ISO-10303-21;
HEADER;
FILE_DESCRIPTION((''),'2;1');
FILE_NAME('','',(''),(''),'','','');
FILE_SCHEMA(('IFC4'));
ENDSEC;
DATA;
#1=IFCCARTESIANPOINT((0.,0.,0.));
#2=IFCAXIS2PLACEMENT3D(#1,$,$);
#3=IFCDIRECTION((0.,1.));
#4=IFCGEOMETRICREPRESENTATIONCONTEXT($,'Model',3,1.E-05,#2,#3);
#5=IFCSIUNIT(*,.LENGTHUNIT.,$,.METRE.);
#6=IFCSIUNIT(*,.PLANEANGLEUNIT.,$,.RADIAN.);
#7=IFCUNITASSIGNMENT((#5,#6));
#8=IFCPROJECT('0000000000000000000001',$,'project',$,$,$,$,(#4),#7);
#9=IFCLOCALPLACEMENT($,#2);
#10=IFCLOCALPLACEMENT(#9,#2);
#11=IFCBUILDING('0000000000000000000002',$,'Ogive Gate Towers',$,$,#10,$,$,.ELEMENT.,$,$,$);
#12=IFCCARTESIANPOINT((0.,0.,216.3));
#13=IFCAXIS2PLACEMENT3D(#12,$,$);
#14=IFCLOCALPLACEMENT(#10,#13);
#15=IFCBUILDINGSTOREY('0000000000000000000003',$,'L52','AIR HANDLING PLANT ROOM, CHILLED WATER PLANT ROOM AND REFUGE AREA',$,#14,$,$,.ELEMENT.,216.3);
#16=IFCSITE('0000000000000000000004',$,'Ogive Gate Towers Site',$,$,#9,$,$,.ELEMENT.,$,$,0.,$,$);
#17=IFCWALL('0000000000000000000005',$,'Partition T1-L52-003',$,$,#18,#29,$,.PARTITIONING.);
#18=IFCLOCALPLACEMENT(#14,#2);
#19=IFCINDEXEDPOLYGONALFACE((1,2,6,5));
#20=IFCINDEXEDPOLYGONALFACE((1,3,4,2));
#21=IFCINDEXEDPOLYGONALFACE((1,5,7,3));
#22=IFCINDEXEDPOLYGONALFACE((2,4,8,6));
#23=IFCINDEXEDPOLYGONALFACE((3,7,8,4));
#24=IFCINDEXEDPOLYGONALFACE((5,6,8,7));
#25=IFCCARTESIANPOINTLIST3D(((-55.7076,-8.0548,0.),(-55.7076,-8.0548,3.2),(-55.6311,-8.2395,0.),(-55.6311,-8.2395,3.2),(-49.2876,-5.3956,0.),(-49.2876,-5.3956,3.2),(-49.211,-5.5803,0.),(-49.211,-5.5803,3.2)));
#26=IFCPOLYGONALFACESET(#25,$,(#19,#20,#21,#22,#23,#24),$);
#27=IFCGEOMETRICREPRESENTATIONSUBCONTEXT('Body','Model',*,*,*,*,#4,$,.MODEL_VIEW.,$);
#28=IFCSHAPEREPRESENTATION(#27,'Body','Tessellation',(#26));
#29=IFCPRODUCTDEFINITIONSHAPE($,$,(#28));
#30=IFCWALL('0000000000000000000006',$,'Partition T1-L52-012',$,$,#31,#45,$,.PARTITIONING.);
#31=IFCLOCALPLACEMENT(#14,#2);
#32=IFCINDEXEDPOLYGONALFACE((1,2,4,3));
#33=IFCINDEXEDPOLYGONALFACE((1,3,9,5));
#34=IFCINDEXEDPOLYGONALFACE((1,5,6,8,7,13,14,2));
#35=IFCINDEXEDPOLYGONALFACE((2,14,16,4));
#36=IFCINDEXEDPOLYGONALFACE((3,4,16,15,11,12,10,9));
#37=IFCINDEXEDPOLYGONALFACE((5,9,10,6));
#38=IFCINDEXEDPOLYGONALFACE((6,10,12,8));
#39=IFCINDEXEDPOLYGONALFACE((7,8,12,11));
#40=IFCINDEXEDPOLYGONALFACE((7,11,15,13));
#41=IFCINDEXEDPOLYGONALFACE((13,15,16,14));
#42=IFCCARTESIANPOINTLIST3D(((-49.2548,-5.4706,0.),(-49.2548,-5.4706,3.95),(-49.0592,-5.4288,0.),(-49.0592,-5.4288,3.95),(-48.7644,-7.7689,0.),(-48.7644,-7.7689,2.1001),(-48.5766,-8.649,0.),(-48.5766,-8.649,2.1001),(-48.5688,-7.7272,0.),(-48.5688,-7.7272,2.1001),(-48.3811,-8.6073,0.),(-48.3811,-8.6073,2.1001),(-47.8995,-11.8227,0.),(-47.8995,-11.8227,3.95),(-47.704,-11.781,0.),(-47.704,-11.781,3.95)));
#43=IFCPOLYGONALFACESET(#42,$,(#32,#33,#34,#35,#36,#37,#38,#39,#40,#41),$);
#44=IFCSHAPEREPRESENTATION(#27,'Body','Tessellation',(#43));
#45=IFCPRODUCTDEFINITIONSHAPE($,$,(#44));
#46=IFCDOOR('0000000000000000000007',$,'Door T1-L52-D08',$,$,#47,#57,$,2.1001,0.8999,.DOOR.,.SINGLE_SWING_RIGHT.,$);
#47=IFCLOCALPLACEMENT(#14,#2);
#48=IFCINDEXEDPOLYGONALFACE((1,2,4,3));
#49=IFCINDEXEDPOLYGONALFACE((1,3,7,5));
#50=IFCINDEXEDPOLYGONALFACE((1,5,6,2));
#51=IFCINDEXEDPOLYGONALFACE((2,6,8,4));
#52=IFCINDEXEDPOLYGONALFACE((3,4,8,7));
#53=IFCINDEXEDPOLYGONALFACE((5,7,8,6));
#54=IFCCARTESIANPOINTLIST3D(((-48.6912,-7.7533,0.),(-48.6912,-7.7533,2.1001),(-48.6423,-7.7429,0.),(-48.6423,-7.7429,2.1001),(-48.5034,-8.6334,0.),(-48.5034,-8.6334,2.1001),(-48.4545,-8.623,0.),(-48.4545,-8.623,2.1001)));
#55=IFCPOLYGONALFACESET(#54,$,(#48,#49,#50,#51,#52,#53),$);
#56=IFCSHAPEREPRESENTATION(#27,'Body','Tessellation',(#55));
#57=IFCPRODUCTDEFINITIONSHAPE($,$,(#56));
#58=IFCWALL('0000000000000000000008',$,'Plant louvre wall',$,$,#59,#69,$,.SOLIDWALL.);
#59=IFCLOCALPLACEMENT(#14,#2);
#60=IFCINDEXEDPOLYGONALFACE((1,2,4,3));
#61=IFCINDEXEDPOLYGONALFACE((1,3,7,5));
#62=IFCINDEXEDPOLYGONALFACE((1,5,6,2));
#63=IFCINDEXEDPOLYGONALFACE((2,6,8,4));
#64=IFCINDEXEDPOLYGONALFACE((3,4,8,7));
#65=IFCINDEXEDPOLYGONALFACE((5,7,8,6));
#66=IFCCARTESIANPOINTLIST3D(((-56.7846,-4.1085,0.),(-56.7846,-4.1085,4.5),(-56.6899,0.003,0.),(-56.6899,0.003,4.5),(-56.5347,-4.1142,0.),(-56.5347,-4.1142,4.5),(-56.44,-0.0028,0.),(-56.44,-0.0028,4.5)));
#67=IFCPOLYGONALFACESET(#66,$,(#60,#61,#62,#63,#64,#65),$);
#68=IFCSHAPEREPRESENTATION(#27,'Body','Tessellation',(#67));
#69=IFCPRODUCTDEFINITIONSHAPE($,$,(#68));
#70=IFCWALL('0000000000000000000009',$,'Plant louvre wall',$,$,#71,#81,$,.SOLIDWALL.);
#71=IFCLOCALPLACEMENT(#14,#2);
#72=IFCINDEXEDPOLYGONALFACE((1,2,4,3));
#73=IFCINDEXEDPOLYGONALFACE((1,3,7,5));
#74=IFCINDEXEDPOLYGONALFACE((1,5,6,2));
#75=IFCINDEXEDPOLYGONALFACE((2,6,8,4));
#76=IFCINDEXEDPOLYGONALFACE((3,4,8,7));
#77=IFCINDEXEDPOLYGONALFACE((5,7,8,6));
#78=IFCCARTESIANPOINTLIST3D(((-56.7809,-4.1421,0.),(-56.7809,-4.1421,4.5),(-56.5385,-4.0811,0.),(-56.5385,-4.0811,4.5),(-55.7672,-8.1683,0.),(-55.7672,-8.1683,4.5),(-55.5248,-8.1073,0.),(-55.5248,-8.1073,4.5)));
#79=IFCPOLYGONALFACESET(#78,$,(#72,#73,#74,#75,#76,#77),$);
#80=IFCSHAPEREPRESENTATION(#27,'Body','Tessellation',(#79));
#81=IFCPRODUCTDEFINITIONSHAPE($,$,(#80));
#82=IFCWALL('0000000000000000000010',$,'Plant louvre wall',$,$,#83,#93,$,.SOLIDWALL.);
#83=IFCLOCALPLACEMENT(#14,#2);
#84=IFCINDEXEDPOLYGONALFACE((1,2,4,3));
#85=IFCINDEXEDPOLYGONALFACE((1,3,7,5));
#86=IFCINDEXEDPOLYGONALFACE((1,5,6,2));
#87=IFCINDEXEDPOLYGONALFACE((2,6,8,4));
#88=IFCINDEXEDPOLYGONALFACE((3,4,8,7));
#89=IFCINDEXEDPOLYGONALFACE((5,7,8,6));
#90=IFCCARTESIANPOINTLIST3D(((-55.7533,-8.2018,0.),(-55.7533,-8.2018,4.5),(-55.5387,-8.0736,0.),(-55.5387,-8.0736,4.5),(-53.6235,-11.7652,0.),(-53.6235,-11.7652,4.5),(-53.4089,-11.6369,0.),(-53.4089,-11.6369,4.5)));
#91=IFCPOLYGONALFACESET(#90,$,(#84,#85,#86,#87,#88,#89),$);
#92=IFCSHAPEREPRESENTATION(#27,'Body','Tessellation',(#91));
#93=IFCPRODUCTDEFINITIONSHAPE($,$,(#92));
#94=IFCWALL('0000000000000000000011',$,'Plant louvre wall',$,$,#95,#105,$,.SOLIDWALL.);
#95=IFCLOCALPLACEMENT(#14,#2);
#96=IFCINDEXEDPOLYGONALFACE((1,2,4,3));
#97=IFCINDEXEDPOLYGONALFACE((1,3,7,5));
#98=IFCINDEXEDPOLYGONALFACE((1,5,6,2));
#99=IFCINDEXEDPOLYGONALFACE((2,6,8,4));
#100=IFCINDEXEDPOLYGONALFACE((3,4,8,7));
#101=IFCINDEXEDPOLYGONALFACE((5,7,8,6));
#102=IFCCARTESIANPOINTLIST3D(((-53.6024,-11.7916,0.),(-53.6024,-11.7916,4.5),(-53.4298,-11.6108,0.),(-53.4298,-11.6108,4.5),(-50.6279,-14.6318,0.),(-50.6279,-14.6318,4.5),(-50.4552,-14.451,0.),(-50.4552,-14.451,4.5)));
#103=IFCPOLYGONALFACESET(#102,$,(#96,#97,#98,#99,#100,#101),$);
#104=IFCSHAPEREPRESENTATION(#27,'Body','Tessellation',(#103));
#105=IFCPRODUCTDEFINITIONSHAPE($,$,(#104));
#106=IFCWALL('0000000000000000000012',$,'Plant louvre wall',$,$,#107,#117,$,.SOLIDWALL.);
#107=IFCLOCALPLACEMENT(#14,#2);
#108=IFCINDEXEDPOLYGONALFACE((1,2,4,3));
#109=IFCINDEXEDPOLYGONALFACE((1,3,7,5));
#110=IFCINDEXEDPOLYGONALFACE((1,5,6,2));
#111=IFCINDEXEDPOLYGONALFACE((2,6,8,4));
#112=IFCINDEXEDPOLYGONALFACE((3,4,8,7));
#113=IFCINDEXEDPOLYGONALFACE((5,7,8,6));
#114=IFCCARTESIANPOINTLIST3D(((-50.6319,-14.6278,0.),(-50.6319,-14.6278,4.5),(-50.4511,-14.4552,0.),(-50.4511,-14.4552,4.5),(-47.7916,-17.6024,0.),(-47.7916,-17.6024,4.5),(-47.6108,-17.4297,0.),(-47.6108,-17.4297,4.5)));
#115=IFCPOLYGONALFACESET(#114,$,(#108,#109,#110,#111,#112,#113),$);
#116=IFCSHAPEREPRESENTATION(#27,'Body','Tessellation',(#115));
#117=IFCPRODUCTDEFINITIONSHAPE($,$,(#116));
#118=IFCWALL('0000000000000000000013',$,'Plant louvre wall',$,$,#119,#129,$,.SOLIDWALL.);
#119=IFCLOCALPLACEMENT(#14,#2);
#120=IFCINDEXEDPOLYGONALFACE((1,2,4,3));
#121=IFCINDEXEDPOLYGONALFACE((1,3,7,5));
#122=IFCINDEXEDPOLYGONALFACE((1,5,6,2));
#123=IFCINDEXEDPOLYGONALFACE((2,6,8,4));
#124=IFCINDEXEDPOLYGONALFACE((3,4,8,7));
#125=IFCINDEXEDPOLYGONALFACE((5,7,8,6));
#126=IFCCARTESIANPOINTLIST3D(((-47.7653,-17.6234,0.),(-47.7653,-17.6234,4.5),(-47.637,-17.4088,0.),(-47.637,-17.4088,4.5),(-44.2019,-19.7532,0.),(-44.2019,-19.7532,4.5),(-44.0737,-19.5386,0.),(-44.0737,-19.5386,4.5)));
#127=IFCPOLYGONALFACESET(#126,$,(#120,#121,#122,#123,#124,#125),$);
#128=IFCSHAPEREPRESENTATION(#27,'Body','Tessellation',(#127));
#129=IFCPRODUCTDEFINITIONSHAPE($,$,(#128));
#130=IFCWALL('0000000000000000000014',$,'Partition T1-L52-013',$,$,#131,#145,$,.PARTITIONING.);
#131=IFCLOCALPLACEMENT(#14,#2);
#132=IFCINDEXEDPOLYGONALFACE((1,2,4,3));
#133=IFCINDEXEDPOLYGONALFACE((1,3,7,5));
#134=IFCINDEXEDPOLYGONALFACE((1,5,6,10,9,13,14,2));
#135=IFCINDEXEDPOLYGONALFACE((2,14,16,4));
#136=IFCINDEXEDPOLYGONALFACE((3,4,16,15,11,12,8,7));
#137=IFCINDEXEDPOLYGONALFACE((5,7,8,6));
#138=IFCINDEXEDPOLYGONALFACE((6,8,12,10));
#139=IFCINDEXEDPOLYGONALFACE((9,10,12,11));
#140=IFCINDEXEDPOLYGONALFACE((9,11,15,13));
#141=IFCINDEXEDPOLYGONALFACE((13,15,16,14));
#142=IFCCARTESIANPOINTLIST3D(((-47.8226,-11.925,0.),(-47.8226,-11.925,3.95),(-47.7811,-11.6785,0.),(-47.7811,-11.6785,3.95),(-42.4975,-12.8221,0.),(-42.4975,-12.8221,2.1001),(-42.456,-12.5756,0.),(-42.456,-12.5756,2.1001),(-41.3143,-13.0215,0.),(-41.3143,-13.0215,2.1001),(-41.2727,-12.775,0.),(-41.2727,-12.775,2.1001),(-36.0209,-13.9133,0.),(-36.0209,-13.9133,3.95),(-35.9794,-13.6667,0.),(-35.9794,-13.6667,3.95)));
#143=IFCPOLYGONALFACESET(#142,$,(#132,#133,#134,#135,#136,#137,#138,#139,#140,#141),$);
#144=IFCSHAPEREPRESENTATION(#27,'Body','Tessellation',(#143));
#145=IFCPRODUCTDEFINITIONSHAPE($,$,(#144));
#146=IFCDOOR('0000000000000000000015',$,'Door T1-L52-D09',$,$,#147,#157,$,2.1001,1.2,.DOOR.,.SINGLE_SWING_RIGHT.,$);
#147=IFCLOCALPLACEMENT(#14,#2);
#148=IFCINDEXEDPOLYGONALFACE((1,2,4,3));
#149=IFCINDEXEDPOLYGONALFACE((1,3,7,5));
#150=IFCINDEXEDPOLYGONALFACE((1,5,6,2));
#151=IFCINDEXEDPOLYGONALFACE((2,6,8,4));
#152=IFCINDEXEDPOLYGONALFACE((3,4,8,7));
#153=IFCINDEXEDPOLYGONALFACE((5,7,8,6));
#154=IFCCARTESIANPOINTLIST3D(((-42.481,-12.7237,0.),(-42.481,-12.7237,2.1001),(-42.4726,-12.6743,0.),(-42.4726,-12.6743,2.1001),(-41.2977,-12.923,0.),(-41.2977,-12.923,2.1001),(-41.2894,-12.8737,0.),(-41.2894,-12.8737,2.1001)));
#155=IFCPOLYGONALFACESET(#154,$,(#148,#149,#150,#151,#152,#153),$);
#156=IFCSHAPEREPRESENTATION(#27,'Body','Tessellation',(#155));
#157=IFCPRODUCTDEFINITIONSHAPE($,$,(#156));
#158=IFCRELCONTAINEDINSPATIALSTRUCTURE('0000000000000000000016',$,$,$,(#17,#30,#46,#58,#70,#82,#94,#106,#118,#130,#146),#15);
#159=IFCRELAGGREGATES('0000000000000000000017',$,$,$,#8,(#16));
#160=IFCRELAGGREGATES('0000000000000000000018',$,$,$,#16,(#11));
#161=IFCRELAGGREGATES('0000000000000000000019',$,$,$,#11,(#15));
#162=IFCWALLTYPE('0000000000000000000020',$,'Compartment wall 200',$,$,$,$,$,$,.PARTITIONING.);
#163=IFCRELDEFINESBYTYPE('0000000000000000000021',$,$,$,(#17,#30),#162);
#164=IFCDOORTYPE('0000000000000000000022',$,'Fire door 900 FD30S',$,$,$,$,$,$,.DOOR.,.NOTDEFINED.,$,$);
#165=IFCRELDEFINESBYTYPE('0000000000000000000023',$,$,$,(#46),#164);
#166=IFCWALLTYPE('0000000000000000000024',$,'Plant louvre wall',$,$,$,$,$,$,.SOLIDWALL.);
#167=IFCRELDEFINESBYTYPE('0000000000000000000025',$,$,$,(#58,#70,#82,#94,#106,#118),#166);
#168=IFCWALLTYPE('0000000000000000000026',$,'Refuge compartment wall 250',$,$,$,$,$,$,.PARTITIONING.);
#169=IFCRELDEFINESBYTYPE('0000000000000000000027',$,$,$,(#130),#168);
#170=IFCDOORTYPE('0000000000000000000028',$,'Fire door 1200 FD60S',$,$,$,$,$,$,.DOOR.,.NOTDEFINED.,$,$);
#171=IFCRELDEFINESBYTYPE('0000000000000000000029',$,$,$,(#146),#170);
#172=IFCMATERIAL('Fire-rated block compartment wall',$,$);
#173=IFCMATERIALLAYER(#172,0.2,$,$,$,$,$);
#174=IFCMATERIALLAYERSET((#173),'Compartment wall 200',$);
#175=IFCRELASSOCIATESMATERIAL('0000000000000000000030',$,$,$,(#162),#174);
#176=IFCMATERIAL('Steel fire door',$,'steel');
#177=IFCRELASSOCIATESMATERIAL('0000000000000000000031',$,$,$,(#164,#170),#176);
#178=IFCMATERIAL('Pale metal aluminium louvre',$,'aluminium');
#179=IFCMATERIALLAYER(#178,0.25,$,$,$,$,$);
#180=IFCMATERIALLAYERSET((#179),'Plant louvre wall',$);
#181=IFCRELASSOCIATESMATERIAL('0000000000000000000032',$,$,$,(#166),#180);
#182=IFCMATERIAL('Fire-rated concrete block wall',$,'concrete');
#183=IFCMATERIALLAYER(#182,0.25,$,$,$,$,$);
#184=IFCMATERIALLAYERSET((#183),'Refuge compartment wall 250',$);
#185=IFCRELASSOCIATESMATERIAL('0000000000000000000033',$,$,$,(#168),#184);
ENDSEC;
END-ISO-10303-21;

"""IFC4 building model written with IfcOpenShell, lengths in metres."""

from ifc_helpers import new_model, si_unit, direction, frame, frame_2d, origin, place, context, subcontext, project, spatial, rectangle, extrude, material, layer, layer_set, type_object, element, fill, save


model = new_model("IFC4")

# Units and contexts
model_context = context("Model", 3, precision=1e-05, world=origin(), true_north=direction((0.0, 1.0)))
body_context = subcontext(model_context, "Body", "Model", "MODEL_VIEW")
ifc_project = project(units=[si_unit("LENGTHUNIT", "METRE"), si_unit("PLANEANGLEUNIT", "RADIAN")], contexts=[model_context])

# Site, building, storey
site_placement = place(None, origin())
site = spatial("IfcSite", under=ifc_project, at=site_placement, Name="Ogive Gate Towers Site", CompositionType="ELEMENT", RefElevation=0.0)
building_placement = place(site_placement, origin())
building = spatial("IfcBuilding", under=site, at=building_placement, Name="Ogive Gate Towers", CompositionType="ELEMENT")
storey_placement = place(building_placement, frame((0.0, 0.0, 216.3)))
storey = spatial("IfcBuildingStorey", under=building, at=storey_placement, Name="L52", Description="AIR HANDLING PLANT ROOM, CHILLED WATER PLANT ROOM AND REFUGE AREA", CompositionType="ELEMENT", Elevation=216.3)

# Wall
ifc_material_1 = material(Name="Fire-rated block compartment wall")
ifc_layer_1 = layer(ifc_material_1, 0.2)
ifc_layer_set_1 = layer_set([ifc_layer_1], Name="Compartment wall 200")
wall_type_1 = type_object("IfcWallType", Name="Compartment wall 200", PredefinedType="PARTITIONING", material=ifc_layer_set_1)
wall_1_placement = place(storey_placement, frame((-55.6694, -8.1472, 0.0), z_axis=(0.0, 0.0, 1.0), x_axis=(0.923882, 0.382679, 0.0)))
element("IfcWall", 1, at=wall_1_placement, inside=storey, type_object=wall_type_1, Name="Partition T1-L52-003", PredefinedType="PARTITIONING", context=body_context, shape_type="SweptSolid", body=[
    extrude(rectangle(XDim=6.949, YDim=0.2, at=frame_2d((3.4746, 0.0))), origin(), (0.0, 0.0, 1.0), 3.2),
])

# Wall, opening, door
wall_2_placement = place(storey_placement, frame((-49.157, -5.4497, 0.0), z_axis=(0.0, 0.0, 1.0), x_axis=(0.208656, -0.977989, 0.0)))
wall_2 = element("IfcWall", 2, at=wall_2_placement, inside=storey, type_object=wall_type_1, Name="Partition T1-L52-012", PredefinedType="PARTITIONING", context=body_context, shape_type="SweptSolid", body=[
    extrude(rectangle(XDim=6.4951, YDim=0.2, at=frame_2d((3.2476, 0.0))), origin(), (0.0, 0.0, 1.0), 3.95),
])
opening_1_placement = place(wall_2_placement, frame((2.3501, 0.0, 0.0)))
opening_1 = element("IfcOpeningElement", 3, at=opening_1_placement, cuts=wall_2, PredefinedType="OPENING", context=body_context, shape_type="SweptSolid", body=[
    extrude(rectangle(XDim=0.8999, YDim=2.1001, at=frame_2d((0.45, 1.05))), frame((0.0, 0.1099, 0.0), z_axis=(0.0, -1.0, 0.0), x_axis=(1.0, 0.0, 0.0)), (0.0, 0.0, 1.0), 0.22),
])
ifc_material_2 = material(Name="Steel fire door", Category="steel")
door_type_1 = type_object("IfcDoorType", Name="Fire door 900 FD30S", OperationType="NOTDEFINED", PredefinedType="DOOR", material=ifc_material_2)
door_1_placement = place(opening_1_placement, origin())
door_1 = element("IfcDoor", 4, at=door_1_placement, inside=storey, type_object=door_type_1, Name="Door T1-L52-D08", OperationType="SINGLE_SWING_RIGHT", OverallHeight=2.1001, OverallWidth=0.8999, PredefinedType="DOOR", context=body_context, shape_type="SweptSolid", body=[
    extrude(rectangle(XDim=0.8999, YDim=2.1001, at=frame_2d((0.45, 1.05))), frame((0.0, 0.0249, 0.0), z_axis=(0.0, -1.0, 0.0), x_axis=(1.0, 0.0, 0.0)), (0.0, 0.0, 1.0), 0.05),
])
fill(opening_1, door_1)

# Walls
ifc_material_3 = material(Name="Pale metal aluminium louvre", Category="aluminium")
ifc_layer_2 = layer(ifc_material_3, 0.25)
ifc_layer_set_2 = layer_set([ifc_layer_2], Name="Plant louvre wall")
wall_type_2 = type_object("IfcWallType", Name="Plant louvre wall", PredefinedType="SOLIDWALL", material=ifc_layer_set_2)
wall_3_placement = place(storey_placement, frame((-56.5649, 0.0, 0.0), z_axis=(0.0, 0.0, 1.0), x_axis=(-0.023033, -0.999735, 0.0)))
element("IfcWall", 5, at=wall_3_placement, inside=storey, type_object=wall_type_2, Name="Plant louvre wall", PredefinedType="SOLIDWALL", context=body_context, shape_type="SweptSolid", body=[
    extrude(rectangle(XDim=4.1125, YDim=0.25, at=frame_2d((2.0562, 0.0))), origin(), (0.0, 0.0, 1.0), 4.5),
])
wall_4_placement = place(storey_placement, frame((-56.6597, -4.1116, 0.0), z_axis=(0.0, 0.0, 1.0), x_axis=(0.244154, -0.969736, 0.0)))
element("IfcWall", 6, at=wall_4_placement, inside=storey, type_object=wall_type_2, Name="Plant louvre wall", PredefinedType="SOLIDWALL", context=body_context, shape_type="SweptSolid", body=[
    extrude(rectangle(XDim=4.1519, YDim=0.25, at=frame_2d((2.0759, 0.0))), origin(), (0.0, 0.0, 1.0), 4.5),
])
wall_5_placement = place(storey_placement, frame((-55.646, -8.1377, 0.0), z_axis=(0.0, 0.0, 1.0), x_axis=(0.513042, -0.858363, 0.0)))
element("IfcWall", 7, at=wall_5_placement, inside=storey, type_object=wall_type_2, Name="Plant louvre wall", PredefinedType="SOLIDWALL", context=body_context, shape_type="SweptSolid", body=[
    extrude(rectangle(XDim=4.1514, YDim=0.25, at=frame_2d((2.0757, 0.0))), origin(), (0.0, 0.0, 1.0), 4.5),
])
for number, where, z_axis, x_axis, name in (
    (8, (-53.5161, -11.7012, 0.0), (0.0, 0.0, 1.0), (0.723242, -0.690594, 0.0), "Plant louvre wall"),
    (9, (-50.5415, -14.5415, 0.0), (0.0, 0.0, 1.0), (0.690594, -0.723242, 0.0), "Plant louvre wall"),
):
    element("IfcWall", number, at=place(storey_placement, frame(where, z_axis=z_axis, x_axis=x_axis)), inside=storey, type_object=wall_type_2, Name=name, PredefinedType="SOLIDWALL", context=body_context, shape_type="SweptSolid", body=[
        extrude(rectangle(XDim=4.1128, YDim=0.25, at=frame_2d((2.0564, 0.0))), origin(), (0.0, 0.0, 1.0), 4.5),
    ])
wall_6_placement = place(storey_placement, frame((-47.7012, -17.5161, 0.0), z_axis=(0.0, 0.0, 1.0), x_axis=(0.858363, -0.513042, 0.0)))
element("IfcWall", 10, at=wall_6_placement, inside=storey, type_object=wall_type_2, Name="Plant louvre wall", PredefinedType="SOLIDWALL", context=body_context, shape_type="SweptSolid", body=[
    extrude(rectangle(XDim=4.1514, YDim=0.25, at=frame_2d((2.0757, 0.0))), origin(), (0.0, 0.0, 1.0), 4.5),
])

# Wall, opening, door
ifc_material_4 = material(Name="Fire-rated concrete block wall", Category="concrete")
ifc_layer_3 = layer(ifc_material_4, 0.25)
ifc_layer_set_3 = layer_set([ifc_layer_3], Name="Refuge compartment wall 250")
wall_type_3 = type_object("IfcWallType", Name="Refuge compartment wall 250", PredefinedType="PARTITIONING", material=ifc_layer_set_3)
wall_7_placement = place(storey_placement, frame((-47.8018, -11.8018, 0.0), z_axis=(0.0, 0.0, 1.0), x_axis=(0.986104, -0.166132, 0.0)))
wall_7 = element("IfcWall", 11, at=wall_7_placement, inside=storey, type_object=wall_type_3, Name="Partition T1-L52-013", PredefinedType="PARTITIONING", context=body_context, shape_type="SweptSolid", body=[
    extrude(rectangle(XDim=11.968, YDim=0.25, at=frame_2d((5.9839, 0.0))), origin(), (0.0, 0.0, 1.0), 3.95),
])
opening_2_placement = place(wall_7_placement, frame((5.3999, 0.0, 0.0)))
opening_2 = element("IfcOpeningElement", 12, at=opening_2_placement, cuts=wall_7, PredefinedType="OPENING", context=body_context, shape_type="SweptSolid", body=[
    extrude(rectangle(XDim=1.2, YDim=2.1001, at=frame_2d((0.6001, 1.05))), frame((0.0, 0.135, 0.0), z_axis=(0.0, -1.0, 0.0), x_axis=(1.0, 0.0, 0.0)), (0.0, 0.0, 1.0), 0.27),
])
door_type_2 = type_object("IfcDoorType", Name="Fire door 1200 FD60S", OperationType="NOTDEFINED", PredefinedType="DOOR", material=ifc_material_2)
door_2_placement = place(opening_2_placement, origin())
door_2 = element("IfcDoor", 13, at=door_2_placement, inside=storey, type_object=door_type_2, Name="Door T1-L52-D09", OperationType="SINGLE_SWING_RIGHT", OverallHeight=2.1001, OverallWidth=1.2, PredefinedType="DOOR", context=body_context, shape_type="SweptSolid", body=[
    extrude(rectangle(XDim=1.2, YDim=2.1001, at=frame_2d((0.6001, 1.05))), frame((0.0, 0.0249, 0.0), z_axis=(0.0, -1.0, 0.0), x_axis=(1.0, 0.0, 0.0)), (0.0, 0.0, 1.0), 0.05),
])
fill(opening_2, door_2)

save(model, "model.ifc")
